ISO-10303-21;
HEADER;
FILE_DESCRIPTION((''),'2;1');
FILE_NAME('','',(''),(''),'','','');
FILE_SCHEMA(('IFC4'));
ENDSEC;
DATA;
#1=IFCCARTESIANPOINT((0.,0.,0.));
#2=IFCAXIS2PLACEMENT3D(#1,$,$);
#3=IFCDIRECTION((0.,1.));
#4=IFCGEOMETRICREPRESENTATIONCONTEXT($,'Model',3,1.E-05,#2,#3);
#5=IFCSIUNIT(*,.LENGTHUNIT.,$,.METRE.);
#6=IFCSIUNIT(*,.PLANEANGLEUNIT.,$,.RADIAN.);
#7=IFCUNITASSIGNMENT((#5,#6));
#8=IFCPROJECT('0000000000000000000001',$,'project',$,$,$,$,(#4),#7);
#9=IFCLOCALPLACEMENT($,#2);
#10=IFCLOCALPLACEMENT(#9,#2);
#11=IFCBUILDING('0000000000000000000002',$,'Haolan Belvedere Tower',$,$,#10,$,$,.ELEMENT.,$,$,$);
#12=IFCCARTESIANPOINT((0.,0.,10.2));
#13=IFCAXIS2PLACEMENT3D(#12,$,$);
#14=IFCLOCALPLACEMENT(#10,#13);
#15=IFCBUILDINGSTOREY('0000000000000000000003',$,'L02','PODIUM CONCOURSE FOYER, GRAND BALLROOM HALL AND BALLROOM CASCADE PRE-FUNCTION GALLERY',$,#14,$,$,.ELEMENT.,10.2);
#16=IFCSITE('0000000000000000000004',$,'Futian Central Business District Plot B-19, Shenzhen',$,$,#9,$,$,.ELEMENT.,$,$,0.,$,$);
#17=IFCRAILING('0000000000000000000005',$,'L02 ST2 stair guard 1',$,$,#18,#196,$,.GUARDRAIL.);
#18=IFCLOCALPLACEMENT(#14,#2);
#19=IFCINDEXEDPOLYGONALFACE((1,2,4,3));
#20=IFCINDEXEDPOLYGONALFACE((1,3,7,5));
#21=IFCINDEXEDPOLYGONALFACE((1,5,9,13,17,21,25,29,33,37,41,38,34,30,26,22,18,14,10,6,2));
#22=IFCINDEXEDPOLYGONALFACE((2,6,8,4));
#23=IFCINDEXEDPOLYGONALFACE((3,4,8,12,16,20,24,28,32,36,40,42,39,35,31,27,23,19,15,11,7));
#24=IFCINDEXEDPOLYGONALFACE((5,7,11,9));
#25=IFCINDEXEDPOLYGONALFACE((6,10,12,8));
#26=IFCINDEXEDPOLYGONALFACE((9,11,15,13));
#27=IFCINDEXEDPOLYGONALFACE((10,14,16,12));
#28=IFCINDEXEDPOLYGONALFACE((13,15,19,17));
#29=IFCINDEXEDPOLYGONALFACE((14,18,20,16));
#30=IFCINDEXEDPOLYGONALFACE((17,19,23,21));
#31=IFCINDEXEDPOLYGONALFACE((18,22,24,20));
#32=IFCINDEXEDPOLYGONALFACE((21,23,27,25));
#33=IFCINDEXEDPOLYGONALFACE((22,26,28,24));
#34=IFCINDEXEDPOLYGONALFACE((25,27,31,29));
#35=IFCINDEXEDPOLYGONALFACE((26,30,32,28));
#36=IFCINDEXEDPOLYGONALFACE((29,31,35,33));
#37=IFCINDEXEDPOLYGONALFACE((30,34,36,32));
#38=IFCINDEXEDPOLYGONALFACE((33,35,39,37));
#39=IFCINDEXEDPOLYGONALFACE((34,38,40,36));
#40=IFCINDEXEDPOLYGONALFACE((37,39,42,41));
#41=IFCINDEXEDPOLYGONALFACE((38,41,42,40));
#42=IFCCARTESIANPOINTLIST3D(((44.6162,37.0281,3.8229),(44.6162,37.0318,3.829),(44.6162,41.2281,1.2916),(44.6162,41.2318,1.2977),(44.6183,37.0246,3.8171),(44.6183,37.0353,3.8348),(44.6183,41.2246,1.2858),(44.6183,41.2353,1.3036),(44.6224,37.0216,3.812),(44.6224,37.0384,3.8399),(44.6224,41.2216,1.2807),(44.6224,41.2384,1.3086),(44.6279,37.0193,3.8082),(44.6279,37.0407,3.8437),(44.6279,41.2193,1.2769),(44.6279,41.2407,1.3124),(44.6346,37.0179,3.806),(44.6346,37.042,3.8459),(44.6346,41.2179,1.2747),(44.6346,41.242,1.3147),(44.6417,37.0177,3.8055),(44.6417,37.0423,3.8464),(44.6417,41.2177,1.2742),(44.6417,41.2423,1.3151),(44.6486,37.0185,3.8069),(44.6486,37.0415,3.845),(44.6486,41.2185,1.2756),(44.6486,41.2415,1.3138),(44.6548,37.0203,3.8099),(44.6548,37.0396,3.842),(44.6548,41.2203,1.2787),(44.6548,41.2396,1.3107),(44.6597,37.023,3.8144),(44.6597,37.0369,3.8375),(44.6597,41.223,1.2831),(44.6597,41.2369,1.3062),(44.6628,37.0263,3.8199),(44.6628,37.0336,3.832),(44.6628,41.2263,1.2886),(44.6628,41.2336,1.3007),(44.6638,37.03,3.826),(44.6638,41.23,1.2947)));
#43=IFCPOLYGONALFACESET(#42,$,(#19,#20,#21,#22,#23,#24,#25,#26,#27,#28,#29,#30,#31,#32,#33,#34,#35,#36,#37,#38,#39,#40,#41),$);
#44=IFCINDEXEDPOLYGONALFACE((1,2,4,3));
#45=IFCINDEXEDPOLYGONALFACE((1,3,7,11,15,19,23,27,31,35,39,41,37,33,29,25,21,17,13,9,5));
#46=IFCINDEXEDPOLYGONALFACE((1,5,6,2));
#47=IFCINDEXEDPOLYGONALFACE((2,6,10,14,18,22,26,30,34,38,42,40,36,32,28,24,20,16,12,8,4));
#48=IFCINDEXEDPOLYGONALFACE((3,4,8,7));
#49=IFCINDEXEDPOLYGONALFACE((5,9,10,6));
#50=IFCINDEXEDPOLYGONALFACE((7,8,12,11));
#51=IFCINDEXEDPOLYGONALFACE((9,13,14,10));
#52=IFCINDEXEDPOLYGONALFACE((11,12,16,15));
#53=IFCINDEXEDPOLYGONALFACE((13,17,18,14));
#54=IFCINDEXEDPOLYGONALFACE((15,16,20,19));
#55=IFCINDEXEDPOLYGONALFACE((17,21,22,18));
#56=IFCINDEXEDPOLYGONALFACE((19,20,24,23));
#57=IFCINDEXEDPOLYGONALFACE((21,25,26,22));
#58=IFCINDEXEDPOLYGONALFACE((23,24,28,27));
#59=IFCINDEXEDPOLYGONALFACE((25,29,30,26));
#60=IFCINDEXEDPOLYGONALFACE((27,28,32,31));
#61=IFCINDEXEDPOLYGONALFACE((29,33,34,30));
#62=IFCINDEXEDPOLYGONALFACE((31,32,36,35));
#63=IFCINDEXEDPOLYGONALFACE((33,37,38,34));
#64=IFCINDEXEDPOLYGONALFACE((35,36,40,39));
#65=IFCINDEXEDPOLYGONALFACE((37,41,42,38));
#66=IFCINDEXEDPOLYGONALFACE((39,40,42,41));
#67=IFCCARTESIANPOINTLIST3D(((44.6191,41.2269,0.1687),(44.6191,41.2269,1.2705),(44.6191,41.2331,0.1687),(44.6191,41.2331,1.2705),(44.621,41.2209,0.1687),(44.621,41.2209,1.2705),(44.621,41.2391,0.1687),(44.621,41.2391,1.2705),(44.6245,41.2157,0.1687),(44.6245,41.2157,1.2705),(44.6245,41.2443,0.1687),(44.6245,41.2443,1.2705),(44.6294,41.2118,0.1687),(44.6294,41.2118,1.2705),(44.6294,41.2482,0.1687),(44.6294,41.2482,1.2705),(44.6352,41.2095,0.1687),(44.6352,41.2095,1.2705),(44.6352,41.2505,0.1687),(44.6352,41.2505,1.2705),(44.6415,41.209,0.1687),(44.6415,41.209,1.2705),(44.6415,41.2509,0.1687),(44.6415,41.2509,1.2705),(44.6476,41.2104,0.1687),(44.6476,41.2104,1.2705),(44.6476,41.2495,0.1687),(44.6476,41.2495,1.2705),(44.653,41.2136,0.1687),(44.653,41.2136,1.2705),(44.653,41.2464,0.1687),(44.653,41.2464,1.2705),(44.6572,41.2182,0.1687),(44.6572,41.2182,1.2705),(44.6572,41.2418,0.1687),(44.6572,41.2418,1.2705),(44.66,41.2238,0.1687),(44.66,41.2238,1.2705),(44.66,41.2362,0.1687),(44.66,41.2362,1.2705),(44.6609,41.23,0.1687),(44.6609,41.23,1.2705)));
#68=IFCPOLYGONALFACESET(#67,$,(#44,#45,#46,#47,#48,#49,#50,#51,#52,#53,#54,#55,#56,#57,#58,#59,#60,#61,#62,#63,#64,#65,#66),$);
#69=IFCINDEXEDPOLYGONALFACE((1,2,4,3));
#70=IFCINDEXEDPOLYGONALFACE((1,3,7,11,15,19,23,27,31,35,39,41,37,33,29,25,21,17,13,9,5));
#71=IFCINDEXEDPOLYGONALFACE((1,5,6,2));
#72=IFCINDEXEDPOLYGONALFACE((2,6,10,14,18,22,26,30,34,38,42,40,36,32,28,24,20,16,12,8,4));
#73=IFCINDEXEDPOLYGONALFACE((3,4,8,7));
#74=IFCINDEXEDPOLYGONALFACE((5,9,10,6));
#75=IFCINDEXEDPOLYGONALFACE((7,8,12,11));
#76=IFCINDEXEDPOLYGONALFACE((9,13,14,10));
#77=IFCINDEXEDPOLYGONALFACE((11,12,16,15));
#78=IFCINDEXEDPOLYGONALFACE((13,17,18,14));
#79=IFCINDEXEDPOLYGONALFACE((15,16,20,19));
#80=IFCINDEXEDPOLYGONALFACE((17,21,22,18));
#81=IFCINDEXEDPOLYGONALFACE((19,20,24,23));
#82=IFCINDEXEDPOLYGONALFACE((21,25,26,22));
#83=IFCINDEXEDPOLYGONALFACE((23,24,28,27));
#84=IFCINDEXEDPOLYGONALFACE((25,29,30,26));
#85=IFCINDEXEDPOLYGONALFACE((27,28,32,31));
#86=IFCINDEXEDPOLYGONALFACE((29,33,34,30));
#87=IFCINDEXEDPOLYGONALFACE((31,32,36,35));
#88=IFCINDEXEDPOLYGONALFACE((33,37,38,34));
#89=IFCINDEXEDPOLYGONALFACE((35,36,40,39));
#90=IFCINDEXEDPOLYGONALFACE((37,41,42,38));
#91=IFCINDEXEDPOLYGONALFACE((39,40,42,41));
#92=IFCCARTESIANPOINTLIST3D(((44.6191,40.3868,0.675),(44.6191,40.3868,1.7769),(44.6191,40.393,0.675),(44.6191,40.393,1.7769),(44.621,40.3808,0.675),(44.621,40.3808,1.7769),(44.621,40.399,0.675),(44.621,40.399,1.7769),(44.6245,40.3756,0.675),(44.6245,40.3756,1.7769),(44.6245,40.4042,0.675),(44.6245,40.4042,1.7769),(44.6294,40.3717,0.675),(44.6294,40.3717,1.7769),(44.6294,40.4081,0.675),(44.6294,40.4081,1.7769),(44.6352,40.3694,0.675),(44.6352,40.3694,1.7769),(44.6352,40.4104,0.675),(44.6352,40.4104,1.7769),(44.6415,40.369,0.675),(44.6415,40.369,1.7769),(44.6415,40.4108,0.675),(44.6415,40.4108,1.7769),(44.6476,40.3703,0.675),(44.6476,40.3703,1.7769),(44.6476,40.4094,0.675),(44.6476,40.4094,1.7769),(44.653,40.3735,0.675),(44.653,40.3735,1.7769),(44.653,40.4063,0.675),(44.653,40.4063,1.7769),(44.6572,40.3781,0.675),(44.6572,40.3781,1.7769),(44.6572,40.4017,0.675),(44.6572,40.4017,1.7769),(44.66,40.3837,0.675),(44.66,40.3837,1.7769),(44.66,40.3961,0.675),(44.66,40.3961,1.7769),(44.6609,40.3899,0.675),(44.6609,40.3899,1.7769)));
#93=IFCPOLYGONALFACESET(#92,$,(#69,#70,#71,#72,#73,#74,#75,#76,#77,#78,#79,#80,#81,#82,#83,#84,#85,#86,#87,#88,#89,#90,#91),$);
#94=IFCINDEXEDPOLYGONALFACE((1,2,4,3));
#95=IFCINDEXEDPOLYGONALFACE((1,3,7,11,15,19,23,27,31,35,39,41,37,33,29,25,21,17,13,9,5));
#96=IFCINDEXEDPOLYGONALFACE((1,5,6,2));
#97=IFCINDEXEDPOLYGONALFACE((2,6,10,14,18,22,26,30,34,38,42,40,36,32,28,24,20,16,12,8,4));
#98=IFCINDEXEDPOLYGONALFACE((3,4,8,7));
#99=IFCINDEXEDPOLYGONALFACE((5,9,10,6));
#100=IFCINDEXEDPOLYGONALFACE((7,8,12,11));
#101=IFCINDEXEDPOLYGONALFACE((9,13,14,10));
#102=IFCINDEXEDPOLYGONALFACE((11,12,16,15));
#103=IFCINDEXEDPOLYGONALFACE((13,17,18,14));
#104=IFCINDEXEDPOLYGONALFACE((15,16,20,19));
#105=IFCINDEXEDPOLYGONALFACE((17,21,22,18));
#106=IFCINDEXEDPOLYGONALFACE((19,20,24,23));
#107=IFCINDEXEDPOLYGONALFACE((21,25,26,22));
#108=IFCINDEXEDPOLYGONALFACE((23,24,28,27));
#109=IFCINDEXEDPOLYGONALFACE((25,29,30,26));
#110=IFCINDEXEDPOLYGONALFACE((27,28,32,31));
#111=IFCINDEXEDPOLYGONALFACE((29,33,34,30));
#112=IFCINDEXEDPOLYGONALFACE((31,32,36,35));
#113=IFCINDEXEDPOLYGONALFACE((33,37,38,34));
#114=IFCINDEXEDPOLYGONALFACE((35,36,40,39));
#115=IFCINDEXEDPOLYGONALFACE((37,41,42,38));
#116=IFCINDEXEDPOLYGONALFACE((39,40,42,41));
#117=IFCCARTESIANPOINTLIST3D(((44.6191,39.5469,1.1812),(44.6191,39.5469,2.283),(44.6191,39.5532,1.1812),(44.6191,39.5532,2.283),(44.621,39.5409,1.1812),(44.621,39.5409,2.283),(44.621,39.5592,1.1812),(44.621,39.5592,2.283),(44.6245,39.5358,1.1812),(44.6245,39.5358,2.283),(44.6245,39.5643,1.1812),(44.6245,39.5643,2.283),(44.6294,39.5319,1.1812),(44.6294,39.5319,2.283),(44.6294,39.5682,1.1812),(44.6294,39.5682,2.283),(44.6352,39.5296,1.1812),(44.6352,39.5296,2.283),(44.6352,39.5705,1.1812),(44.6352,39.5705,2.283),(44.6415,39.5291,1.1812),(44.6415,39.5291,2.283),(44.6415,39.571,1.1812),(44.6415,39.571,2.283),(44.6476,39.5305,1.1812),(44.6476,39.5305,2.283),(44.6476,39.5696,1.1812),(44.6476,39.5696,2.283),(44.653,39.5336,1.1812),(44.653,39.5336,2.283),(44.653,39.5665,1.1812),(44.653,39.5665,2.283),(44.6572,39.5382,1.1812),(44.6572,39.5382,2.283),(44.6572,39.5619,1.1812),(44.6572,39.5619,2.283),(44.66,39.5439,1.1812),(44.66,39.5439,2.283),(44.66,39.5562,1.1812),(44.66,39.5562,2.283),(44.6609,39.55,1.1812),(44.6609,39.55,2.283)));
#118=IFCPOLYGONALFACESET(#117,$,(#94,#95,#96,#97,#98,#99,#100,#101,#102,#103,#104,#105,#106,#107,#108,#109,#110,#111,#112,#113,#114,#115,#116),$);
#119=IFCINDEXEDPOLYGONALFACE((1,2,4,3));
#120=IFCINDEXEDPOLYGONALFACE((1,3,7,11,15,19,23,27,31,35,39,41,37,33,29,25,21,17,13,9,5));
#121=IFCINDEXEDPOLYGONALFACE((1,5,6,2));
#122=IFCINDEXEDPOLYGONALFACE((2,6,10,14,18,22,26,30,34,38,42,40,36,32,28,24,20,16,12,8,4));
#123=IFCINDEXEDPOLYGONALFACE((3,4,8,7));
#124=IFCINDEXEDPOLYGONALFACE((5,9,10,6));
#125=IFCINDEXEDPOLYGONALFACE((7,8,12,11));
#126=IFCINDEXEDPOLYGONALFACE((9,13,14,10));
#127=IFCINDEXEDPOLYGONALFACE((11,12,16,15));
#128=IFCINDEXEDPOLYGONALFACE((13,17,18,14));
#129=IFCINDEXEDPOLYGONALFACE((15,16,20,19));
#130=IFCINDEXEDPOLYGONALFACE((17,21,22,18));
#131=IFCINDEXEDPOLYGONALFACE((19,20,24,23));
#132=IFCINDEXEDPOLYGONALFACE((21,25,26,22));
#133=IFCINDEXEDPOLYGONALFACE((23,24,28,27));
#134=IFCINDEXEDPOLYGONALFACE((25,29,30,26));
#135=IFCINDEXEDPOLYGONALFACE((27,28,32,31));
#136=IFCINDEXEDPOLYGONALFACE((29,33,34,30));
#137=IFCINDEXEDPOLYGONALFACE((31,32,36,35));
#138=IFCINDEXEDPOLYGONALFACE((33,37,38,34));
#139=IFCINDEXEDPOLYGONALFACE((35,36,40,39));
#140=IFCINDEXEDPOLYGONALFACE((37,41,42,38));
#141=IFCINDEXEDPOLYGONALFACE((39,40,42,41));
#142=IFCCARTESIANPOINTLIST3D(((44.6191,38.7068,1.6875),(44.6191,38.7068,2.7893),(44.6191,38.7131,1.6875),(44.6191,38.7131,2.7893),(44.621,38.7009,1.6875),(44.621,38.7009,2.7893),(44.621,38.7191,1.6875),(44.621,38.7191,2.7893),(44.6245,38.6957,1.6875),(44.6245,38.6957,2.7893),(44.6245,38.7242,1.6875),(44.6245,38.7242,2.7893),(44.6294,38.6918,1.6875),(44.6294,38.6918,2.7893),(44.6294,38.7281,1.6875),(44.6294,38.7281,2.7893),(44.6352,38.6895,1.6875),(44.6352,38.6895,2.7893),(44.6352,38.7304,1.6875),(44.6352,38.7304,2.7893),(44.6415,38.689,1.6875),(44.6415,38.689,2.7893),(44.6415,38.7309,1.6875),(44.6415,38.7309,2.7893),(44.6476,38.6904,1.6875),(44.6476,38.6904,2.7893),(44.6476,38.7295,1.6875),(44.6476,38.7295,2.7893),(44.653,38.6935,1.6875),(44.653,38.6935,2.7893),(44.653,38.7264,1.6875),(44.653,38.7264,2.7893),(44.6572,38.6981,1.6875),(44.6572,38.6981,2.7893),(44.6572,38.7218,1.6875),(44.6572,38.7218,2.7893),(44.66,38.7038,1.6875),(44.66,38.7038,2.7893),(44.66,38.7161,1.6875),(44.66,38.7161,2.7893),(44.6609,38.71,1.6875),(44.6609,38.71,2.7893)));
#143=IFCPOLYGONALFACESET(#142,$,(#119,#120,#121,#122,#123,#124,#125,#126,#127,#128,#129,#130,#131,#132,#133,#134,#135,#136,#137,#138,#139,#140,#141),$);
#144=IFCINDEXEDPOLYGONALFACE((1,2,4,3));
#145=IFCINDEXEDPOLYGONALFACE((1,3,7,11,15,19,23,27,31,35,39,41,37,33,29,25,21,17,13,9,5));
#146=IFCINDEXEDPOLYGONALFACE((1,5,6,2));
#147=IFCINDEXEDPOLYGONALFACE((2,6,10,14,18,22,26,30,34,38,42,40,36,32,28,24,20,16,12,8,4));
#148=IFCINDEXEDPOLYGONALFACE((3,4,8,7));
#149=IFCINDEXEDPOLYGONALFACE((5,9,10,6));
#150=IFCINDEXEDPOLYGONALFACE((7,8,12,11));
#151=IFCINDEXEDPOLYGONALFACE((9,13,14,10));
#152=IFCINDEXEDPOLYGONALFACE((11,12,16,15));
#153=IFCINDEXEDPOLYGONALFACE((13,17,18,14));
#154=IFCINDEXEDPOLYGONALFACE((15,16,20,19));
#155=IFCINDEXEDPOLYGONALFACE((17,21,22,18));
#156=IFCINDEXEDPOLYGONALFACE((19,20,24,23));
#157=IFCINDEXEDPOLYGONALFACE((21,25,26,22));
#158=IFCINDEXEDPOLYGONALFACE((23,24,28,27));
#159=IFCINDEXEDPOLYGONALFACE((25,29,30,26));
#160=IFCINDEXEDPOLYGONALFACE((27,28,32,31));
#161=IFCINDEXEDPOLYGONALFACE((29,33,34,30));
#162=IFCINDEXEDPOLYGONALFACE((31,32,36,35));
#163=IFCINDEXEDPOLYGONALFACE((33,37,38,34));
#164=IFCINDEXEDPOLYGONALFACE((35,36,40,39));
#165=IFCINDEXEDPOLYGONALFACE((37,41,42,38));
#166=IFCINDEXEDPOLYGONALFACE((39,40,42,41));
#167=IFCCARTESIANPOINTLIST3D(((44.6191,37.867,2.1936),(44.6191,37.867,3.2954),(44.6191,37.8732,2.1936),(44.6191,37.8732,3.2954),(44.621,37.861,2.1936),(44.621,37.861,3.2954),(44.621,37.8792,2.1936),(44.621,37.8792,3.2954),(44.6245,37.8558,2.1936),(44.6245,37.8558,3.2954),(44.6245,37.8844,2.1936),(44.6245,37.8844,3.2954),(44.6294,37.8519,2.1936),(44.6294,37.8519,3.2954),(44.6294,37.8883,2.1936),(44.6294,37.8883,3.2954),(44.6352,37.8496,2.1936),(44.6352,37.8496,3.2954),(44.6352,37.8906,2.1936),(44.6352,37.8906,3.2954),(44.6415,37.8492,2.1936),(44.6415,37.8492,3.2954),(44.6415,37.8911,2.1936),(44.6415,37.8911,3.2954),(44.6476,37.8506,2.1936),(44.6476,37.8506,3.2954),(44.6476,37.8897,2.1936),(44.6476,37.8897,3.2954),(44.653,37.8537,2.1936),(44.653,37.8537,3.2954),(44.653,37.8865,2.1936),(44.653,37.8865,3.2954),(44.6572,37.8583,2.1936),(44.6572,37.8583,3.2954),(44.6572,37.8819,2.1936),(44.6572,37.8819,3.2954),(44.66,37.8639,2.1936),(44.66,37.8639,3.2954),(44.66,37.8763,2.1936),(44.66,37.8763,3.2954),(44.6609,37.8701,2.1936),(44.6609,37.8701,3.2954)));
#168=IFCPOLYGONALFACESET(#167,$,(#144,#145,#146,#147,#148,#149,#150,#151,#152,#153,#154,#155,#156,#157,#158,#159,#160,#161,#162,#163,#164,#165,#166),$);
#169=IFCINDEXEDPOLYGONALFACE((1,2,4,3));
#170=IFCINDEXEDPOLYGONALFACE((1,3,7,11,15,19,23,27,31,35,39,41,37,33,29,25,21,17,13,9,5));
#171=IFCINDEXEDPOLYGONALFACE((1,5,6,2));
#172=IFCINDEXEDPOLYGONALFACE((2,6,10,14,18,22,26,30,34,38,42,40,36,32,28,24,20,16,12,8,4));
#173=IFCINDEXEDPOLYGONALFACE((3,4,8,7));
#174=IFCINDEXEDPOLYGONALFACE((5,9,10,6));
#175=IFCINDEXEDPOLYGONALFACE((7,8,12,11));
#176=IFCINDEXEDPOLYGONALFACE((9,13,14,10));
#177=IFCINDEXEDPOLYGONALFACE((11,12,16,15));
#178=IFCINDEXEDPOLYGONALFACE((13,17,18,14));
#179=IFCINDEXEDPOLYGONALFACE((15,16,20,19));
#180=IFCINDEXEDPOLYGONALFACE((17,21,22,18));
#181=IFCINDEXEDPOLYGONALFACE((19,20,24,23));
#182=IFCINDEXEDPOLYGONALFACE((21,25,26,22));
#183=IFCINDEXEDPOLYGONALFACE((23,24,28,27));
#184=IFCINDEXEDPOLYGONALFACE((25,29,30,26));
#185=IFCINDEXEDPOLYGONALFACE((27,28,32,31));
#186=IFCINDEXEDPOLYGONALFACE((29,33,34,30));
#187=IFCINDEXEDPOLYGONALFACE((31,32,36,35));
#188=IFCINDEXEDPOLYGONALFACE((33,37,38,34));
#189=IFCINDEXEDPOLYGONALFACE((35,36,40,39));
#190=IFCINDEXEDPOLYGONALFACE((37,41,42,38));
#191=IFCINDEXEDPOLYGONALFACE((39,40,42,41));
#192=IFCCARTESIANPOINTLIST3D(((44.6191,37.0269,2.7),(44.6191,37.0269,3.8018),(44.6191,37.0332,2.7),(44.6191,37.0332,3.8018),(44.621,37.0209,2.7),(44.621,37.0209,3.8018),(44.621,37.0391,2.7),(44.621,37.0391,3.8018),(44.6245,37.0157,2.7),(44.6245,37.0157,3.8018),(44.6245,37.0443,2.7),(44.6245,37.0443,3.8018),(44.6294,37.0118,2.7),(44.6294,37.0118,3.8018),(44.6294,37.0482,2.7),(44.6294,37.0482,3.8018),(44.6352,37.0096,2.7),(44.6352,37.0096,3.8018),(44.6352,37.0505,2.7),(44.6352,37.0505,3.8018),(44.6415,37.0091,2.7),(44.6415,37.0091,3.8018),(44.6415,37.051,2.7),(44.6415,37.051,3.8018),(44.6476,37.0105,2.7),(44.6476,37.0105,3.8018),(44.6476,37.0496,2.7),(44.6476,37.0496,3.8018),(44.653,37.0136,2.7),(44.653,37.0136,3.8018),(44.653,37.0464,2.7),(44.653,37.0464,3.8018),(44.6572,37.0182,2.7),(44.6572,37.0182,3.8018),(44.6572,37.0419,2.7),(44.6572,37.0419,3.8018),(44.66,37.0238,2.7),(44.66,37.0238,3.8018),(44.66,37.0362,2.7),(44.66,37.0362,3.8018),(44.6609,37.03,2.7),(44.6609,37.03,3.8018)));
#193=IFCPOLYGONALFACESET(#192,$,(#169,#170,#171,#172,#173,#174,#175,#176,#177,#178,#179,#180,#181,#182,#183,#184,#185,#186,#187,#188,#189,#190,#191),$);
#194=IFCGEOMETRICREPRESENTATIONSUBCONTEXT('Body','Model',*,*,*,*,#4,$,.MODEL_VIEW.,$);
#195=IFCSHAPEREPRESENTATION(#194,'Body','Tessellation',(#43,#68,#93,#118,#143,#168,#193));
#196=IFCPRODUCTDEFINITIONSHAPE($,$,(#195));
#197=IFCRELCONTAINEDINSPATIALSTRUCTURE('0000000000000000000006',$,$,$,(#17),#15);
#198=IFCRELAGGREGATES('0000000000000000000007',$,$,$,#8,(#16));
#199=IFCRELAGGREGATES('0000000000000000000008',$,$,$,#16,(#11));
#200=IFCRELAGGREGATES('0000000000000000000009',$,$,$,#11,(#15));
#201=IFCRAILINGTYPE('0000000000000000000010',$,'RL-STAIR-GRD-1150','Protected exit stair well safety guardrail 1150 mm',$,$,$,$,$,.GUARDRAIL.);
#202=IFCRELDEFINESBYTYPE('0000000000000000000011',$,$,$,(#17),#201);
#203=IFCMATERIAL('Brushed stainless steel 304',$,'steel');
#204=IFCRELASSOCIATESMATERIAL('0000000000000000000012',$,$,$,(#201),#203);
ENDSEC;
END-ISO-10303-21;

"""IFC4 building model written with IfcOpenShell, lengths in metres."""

from ifc_helpers import new_model, si_unit, direction, frame, origin, origin_2d, place, context, subcontext, project, spatial, circle, extrude, material, type_object, element, save


model = new_model("IFC4")

# Units and contexts
model_context = context("Model", 3, precision=1e-05, world=origin(), true_north=direction((0.0, 1.0)))
body_context = subcontext(model_context, "Body", "Model", "MODEL_VIEW")
ifc_project = project(units=[si_unit("LENGTHUNIT", "METRE"), si_unit("PLANEANGLEUNIT", "RADIAN")], contexts=[model_context])

# Site, building, storey
site_placement = place(None, origin())
site = spatial("IfcSite", under=ifc_project, at=site_placement, Name="Futian Central Business District Plot B-19, Shenzhen", CompositionType="ELEMENT", RefElevation=0.0)
building_placement = place(site_placement, origin())
building = spatial("IfcBuilding", under=site, at=building_placement, Name="Haolan Belvedere Tower", CompositionType="ELEMENT")
storey_placement = place(building_placement, frame((0.0, 0.0, 10.2)))
storey = spatial("IfcBuildingStorey", under=building, at=storey_placement, Name="L02", Description="PODIUM CONCOURSE FOYER, GRAND BALLROOM HALL AND BALLROOM CASCADE PRE-FUNCTION GALLERY", CompositionType="ELEMENT", Elevation=10.2)

# Railing
ifc_material_1 = material(Name="Brushed stainless steel 304", Category="steel")
railing_type_1 = type_object("IfcRailingType", Name="RL-STAIR-GRD-1150", Description="Protected exit stair well safety guardrail 1150 mm", PredefinedType="GUARDRAIL", material=ifc_material_1)
railing_1_placement = place(storey_placement, frame((44.6399, 41.23, 0.1687)))
element("IfcRailing", 1, at=railing_1_placement, inside=storey, type_object=railing_type_1, Name="L02 ST2 stair guard 1", PredefinedType="GUARDRAIL", context=body_context, shape_type="SweptSolid", body=[
    extrude(circle(Radius=0.0239, at=origin_2d()), frame((0.0, 0.0, 1.126), z_axis=(0.0, -0.856476, 0.516186), x_axis=(1.0, 0.0, 0.0)), (0.0, 0.0, 1.0), 4.9038),
    extrude(circle(Radius=0.021, at=origin_2d()), origin(), (0.0, 0.0, 1.0), 1.1018),
    extrude(circle(Radius=0.021, at=origin_2d()), frame((0.0, -0.8401, 0.5063)), (0.0, 0.0, 1.0), 1.1018),
    extrude(circle(Radius=0.021, at=origin_2d()), frame((0.0, -1.6799, 1.0125)), (0.0, 0.0, 1.0), 1.1018),
    extrude(circle(Radius=0.021, at=origin_2d()), frame((0.0, -2.52, 1.5188)), (0.0, 0.0, 1.0), 1.1018),
    extrude(circle(Radius=0.021, at=origin_2d()), frame((0.0, -3.3599, 2.0249)), (0.0, 0.0, 1.0), 1.1018),
    extrude(circle(Radius=0.021, at=origin_2d()), frame((0.0, -4.2, 2.5312)), (0.0, 0.0, 1.0), 1.1018),
])

save(model, "model.ifc")
